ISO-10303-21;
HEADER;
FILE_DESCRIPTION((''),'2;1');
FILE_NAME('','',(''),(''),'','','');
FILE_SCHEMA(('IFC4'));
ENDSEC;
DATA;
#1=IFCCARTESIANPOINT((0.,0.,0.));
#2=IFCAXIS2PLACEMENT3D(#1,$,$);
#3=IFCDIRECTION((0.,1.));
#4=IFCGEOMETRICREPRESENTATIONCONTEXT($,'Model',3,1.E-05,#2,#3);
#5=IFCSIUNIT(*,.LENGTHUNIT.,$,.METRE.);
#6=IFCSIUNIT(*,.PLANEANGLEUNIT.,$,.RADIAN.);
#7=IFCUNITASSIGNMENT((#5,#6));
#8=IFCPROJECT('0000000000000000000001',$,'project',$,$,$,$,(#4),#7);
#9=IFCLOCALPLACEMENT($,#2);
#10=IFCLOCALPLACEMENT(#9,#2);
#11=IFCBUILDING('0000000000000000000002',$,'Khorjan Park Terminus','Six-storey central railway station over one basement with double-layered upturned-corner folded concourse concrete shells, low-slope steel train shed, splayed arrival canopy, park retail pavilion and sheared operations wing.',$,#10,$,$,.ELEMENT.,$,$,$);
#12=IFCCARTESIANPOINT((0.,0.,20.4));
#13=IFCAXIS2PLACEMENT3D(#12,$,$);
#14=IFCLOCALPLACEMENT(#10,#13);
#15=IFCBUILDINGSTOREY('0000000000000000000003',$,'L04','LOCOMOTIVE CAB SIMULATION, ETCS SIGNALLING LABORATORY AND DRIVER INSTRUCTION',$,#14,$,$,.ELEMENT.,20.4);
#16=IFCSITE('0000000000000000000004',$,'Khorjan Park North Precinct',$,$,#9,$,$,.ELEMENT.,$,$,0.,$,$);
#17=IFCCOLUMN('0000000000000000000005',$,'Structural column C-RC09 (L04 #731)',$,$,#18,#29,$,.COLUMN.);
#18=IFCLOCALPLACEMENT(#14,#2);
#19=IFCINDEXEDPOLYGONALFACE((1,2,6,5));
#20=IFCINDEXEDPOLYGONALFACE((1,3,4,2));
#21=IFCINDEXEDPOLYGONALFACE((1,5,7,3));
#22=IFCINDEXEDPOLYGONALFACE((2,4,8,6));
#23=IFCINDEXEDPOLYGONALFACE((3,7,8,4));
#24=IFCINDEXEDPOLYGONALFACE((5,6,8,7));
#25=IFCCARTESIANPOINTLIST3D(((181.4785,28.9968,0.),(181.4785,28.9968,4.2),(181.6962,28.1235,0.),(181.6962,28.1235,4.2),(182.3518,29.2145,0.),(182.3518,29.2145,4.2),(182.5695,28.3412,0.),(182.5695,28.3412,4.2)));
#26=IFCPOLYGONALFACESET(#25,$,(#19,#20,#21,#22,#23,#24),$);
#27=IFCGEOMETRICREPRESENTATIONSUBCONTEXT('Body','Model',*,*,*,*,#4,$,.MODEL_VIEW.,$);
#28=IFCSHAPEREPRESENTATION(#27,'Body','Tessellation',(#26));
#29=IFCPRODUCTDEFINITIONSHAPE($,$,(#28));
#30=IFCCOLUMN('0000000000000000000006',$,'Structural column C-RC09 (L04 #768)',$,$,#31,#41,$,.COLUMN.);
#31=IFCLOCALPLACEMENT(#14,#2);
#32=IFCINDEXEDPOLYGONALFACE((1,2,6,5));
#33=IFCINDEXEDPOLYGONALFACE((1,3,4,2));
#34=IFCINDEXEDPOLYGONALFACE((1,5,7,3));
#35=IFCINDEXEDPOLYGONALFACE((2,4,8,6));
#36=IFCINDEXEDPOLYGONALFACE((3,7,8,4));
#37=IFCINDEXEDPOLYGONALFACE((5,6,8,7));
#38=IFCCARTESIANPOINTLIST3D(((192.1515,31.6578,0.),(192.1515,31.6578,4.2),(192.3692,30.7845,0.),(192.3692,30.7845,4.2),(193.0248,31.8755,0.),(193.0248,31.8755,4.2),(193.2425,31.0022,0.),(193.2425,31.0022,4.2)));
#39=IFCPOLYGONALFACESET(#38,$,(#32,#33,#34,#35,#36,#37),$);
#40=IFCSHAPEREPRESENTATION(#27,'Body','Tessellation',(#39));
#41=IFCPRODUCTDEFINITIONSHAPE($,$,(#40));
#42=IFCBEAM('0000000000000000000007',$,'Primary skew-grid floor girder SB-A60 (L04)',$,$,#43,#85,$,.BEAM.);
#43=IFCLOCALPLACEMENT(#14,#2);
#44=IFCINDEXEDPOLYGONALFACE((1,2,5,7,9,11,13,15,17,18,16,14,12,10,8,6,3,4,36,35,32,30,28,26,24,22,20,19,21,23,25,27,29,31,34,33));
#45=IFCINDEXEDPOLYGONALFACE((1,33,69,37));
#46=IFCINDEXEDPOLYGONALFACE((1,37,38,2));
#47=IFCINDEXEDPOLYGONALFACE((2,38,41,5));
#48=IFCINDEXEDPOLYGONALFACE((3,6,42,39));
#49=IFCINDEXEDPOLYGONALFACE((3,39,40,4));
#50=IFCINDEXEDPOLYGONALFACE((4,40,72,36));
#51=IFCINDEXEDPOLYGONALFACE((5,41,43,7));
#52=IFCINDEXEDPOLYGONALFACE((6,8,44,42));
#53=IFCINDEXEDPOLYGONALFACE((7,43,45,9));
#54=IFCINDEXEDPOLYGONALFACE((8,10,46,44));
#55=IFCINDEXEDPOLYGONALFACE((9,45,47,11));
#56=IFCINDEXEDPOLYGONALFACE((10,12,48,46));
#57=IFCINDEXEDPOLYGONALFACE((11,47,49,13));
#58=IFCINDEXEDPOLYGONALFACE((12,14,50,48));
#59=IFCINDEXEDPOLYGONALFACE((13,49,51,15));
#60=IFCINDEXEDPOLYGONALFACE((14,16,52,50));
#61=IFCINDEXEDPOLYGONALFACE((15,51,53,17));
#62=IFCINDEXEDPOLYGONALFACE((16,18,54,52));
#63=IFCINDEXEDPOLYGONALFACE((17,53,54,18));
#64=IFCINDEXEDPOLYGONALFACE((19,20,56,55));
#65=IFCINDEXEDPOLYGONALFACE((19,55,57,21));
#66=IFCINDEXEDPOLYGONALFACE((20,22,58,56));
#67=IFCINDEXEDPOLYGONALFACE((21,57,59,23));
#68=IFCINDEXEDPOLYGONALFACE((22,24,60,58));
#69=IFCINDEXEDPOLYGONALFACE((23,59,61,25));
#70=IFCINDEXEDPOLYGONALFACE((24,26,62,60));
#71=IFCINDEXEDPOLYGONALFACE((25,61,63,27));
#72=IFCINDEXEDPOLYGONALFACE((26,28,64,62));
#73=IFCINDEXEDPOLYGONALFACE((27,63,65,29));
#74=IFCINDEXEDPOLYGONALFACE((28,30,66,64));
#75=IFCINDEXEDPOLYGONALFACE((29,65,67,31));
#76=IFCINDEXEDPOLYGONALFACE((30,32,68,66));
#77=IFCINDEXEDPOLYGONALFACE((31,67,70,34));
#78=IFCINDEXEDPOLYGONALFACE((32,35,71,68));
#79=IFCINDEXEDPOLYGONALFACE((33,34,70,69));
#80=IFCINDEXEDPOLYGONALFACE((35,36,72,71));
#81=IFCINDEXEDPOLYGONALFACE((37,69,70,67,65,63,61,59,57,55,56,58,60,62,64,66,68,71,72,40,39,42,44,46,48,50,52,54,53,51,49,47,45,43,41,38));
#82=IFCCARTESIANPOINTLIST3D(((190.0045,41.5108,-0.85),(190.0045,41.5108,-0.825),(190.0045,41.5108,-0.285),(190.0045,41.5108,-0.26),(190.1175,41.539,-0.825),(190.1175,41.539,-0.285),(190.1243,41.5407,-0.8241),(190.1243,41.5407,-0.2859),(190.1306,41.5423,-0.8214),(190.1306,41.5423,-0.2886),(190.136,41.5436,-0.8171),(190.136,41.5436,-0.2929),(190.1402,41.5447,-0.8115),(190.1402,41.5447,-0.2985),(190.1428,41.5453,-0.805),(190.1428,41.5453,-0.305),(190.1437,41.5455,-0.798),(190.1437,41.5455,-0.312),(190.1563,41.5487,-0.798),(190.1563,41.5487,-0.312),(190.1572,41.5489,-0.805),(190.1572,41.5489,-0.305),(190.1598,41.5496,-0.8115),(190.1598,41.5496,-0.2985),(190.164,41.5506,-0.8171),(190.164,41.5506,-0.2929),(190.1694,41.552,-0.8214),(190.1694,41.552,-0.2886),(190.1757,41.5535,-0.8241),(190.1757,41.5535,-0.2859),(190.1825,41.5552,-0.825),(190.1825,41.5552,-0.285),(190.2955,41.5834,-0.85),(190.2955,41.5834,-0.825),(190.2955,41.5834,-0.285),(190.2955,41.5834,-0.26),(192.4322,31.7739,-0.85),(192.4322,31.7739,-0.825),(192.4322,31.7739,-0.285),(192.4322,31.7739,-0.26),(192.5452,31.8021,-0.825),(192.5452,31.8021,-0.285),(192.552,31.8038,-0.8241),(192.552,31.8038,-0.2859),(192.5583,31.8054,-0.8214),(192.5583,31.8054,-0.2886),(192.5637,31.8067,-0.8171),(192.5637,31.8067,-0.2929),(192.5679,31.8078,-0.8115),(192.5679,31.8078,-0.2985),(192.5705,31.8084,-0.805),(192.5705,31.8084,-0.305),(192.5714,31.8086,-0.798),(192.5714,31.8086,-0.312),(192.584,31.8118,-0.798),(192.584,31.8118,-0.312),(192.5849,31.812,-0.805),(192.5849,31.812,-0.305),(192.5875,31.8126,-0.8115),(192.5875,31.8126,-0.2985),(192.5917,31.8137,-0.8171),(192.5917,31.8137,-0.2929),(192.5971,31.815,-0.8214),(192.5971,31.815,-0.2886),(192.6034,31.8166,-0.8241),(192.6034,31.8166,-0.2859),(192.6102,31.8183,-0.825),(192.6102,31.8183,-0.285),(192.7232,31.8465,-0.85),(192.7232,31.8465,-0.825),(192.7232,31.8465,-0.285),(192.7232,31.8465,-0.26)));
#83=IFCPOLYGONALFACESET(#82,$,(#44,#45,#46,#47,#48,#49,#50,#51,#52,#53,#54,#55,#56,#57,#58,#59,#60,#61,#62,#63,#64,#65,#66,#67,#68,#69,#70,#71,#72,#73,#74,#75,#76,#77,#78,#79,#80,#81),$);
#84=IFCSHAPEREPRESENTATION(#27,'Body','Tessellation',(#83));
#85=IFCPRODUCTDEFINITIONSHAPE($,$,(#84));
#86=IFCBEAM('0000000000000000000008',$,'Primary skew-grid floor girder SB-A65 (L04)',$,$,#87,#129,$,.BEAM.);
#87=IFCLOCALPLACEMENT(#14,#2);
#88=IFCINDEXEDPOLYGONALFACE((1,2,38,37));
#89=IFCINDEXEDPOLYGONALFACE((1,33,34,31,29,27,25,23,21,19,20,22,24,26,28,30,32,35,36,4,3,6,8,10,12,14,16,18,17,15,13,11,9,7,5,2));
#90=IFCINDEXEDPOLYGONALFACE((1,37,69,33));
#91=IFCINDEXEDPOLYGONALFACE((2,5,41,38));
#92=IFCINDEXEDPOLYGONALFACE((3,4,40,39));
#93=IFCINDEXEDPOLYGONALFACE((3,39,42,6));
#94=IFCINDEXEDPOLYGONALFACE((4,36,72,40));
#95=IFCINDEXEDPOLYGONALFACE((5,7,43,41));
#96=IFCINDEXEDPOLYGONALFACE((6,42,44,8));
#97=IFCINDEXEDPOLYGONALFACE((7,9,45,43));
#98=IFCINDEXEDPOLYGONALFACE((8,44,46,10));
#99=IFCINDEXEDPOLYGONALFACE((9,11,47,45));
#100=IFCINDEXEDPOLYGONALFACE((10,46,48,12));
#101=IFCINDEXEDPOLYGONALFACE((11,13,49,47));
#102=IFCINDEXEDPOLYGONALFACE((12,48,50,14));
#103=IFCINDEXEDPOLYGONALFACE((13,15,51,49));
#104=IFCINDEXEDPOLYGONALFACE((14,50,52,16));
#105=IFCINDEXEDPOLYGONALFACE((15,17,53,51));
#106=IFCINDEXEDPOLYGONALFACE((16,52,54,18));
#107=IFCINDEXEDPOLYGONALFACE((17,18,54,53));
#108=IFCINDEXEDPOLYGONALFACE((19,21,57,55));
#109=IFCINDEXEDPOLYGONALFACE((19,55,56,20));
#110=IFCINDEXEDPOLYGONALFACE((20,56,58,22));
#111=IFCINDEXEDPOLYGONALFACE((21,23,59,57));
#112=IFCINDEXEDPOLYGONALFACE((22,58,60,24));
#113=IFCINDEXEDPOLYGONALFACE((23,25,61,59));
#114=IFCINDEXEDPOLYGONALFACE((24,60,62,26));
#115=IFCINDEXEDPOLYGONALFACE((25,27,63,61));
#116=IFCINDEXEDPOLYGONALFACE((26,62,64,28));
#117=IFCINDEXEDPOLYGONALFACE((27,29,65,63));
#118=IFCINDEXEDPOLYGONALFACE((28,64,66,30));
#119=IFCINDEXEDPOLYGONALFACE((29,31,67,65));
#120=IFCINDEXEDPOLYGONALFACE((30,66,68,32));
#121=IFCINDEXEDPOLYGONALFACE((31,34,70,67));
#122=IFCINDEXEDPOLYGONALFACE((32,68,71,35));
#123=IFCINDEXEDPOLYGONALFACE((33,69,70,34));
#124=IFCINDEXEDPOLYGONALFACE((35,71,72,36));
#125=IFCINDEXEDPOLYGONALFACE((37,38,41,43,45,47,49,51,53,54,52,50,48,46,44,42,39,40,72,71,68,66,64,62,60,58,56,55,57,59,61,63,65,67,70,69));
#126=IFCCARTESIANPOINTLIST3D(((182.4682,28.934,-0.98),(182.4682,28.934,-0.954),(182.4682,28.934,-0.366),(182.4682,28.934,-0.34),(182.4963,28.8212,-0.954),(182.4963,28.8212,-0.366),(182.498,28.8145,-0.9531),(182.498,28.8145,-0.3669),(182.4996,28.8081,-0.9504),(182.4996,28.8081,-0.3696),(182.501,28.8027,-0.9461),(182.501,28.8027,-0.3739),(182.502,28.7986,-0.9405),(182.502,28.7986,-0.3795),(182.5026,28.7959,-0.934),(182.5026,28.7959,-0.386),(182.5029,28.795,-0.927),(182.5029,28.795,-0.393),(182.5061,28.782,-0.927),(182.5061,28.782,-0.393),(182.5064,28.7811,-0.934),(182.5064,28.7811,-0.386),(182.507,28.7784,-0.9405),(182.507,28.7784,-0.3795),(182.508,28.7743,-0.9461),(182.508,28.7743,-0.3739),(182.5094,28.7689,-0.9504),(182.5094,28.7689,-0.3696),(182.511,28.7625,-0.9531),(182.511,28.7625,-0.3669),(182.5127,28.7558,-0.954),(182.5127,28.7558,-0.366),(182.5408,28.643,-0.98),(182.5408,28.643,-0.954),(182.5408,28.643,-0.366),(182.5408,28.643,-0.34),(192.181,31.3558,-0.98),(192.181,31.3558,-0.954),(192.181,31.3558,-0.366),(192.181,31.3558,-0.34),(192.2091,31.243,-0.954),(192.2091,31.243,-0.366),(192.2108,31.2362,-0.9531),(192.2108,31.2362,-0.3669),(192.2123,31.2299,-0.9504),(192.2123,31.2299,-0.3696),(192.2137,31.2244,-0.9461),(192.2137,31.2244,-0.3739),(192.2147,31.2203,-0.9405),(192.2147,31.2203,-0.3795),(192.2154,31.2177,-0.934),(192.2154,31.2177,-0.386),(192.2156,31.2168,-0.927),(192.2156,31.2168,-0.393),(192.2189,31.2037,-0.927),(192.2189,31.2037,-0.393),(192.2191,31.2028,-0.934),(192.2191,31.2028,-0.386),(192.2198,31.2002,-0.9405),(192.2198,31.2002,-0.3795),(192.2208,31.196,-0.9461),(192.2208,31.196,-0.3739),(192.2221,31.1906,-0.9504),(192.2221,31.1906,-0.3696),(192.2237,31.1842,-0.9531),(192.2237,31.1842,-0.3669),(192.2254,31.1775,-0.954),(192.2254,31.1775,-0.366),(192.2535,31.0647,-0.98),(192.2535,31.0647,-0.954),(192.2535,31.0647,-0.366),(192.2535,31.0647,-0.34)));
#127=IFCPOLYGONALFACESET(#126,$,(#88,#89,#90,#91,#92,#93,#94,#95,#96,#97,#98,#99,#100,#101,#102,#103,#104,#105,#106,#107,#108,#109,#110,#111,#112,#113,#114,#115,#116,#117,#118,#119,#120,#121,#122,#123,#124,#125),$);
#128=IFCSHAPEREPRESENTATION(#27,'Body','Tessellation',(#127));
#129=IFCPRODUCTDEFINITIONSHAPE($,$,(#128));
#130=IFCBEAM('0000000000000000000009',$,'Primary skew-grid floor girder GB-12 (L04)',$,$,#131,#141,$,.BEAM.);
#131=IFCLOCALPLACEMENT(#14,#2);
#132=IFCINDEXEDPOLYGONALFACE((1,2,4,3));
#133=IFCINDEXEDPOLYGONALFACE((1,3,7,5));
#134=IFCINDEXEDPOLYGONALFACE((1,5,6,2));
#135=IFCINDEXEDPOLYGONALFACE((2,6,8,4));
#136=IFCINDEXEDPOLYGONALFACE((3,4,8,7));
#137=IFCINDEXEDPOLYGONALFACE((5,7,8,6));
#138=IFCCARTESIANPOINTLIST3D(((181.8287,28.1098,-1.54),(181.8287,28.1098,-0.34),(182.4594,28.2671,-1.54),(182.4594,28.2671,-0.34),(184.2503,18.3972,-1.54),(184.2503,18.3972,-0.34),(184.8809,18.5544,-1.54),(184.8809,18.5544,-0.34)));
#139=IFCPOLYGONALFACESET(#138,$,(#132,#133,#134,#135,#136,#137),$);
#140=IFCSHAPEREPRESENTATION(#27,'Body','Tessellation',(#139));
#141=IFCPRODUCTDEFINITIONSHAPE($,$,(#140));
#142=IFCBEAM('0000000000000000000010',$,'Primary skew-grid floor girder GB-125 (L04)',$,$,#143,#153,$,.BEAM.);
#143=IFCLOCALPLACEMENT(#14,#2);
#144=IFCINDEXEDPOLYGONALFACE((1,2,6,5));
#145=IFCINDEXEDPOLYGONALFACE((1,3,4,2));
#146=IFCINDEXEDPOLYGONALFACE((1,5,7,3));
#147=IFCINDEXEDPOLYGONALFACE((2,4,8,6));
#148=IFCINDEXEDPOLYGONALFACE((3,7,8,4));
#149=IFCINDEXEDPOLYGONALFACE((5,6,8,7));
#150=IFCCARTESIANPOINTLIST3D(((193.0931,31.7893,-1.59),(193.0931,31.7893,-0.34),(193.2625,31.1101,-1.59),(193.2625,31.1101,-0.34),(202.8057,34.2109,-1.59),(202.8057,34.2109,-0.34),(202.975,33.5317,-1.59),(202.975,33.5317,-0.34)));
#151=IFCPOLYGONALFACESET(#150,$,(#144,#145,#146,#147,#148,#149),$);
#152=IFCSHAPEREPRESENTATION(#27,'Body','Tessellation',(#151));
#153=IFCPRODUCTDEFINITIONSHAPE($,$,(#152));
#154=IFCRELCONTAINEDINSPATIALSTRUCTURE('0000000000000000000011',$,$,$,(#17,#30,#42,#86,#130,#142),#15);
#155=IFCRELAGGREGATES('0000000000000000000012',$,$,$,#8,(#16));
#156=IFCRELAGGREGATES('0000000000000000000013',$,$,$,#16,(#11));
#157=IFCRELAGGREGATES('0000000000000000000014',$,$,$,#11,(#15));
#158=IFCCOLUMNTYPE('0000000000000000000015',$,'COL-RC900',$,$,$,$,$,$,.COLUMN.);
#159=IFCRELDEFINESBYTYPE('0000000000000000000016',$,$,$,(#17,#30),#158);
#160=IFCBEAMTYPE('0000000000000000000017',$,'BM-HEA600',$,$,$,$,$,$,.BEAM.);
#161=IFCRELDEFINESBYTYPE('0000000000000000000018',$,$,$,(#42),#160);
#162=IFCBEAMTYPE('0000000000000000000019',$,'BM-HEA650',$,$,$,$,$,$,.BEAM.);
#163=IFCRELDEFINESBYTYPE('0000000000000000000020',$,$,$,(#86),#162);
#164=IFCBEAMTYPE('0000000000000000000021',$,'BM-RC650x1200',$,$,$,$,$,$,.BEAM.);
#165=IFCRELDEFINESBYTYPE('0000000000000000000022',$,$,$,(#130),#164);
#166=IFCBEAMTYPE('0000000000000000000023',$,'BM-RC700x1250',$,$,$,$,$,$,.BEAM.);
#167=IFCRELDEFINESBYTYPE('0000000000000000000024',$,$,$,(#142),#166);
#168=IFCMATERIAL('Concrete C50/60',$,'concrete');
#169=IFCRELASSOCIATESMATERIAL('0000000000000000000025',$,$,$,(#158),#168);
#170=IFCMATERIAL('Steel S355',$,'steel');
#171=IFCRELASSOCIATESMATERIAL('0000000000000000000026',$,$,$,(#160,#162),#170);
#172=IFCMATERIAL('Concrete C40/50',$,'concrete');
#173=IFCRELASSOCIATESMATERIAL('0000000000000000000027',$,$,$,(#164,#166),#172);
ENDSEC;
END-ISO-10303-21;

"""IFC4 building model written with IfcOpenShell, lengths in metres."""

from ifc_helpers import new_model, si_unit, direction, frame, origin, origin_2d, place, context, subcontext, project, spatial, rectangle, i_section, extrude, material, material_profile, profile_set, type_object, element, save


model = new_model("IFC4")

# Units and contexts
model_context = context("Model", 3, precision=1e-05, world=origin(), true_north=direction((0.0, 1.0)))
body_context = subcontext(model_context, "Body", "Model", "MODEL_VIEW")
ifc_project = project(units=[si_unit("LENGTHUNIT", "METRE"), si_unit("PLANEANGLEUNIT", "RADIAN")], contexts=[model_context])

# Site, building, storey
site_placement = place(None, origin())
site = spatial("IfcSite", under=ifc_project, at=site_placement, Name="Khorjan Park North Precinct", CompositionType="ELEMENT", RefElevation=0.0)
building_placement = place(site_placement, origin())
building = spatial("IfcBuilding", under=site, at=building_placement, Name="Khorjan Park Terminus", Description="Six-storey central railway station over one basement with double-layered upturned-corner folded concourse concrete shells, low-slope steel train shed, splayed arrival canopy, park retail pavilion and sheared operations wing.", CompositionType="ELEMENT")
storey_placement = place(building_placement, frame((0.0, 0.0, 20.4)))
storey = spatial("IfcBuildingStorey", under=building, at=storey_placement, Name="L04", Description="LOCOMOTIVE CAB SIMULATION, ETCS SIGNALLING LABORATORY AND DRIVER INSTRUCTION", CompositionType="ELEMENT", Elevation=20.4)

# Columns
ifc_material_1 = material(Name="Concrete C50/60", Category="concrete")
ifc_material_profile_1 = material_profile(ifc_material_1, rectangle(XDim=0.9, YDim=0.9, at=origin_2d()), Name="RC 900x900")
ifc_profile_set_1 = profile_set([ifc_material_profile_1], Name="Concrete C50/60")
column_type = type_object("IfcColumnType", Name="COL-RC900", PredefinedType="COLUMN", material=ifc_profile_set_1)
for number, where, z_axis, x_axis, name in (
    (1, (182.024, 28.669, 0.0), (0.0, 0.0, 1.0), (0.970296, 0.241922, 0.0), "Structural column C-RC09 (L04 #731)"),
    (2, (192.697, 31.33, 0.0), (0.0, 0.0, 1.0), (0.970296, 0.241922, 0.0), "Structural column C-RC09 (L04 #768)"),
):
    element("IfcColumn", number, at=place(storey_placement, frame(where, z_axis=z_axis, x_axis=x_axis)), inside=storey, type_object=column_type, Name=name, PredefinedType="COLUMN", context=body_context, shape_type="SweptSolid", body=[
        extrude(rectangle(XDim=0.9, YDim=0.9, at=origin_2d()), origin(), (0.0, 0.0, 1.0), 4.2),
    ])

# Beams
ifc_material_2 = material(Name="Steel S355", Category="steel")
ifc_material_profile_2 = material_profile(ifc_material_2, i_section(OverallWidth=0.3, OverallDepth=0.59, WebThickness=0.013, FlangeThickness=0.025, FilletRadius=0.027, at=origin_2d()), Name="HEA 600")
ifc_profile_set_2 = profile_set([ifc_material_profile_2], Name="Steel S355")
beam_type_1 = type_object("IfcBeamType", Name="BM-HEA600", PredefinedType="BEAM", material=ifc_profile_set_2)
beam_1_placement = place(storey_placement, frame((192.5777, 31.8102, -0.555), z_axis=(-0.241924, 0.970295, 0.0), x_axis=(-0.970295, -0.241924, 0.0)))
element("IfcBeam", 3, at=beam_1_placement, inside=storey, type_object=beam_type_1, Name="Primary skew-grid floor girder SB-A60 (L04)", PredefinedType="BEAM", context=body_context, shape_type="SweptSolid", body=[
    extrude(i_section(OverallWidth=0.3, OverallDepth=0.59, WebThickness=0.013, FlangeThickness=0.025, FilletRadius=0.027, at=origin_2d()), origin(), (0.0, 0.0, 1.0), 10.035),
])
ifc_material_profile_3 = material_profile(ifc_material_2, i_section(OverallWidth=0.3, OverallDepth=0.64, WebThickness=0.0135, FlangeThickness=0.026, FilletRadius=0.027, at=origin_2d()), Name="HEA 650")
ifc_profile_set_3 = profile_set([ifc_material_profile_3], Name="Steel S355")
beam_type_2 = type_object("IfcBeamType", Name="BM-HEA650", PredefinedType="BEAM", material=ifc_profile_set_3)
beam_2_placement = place(storey_placement, frame((182.5045, 28.7885, -0.66), z_axis=(0.970295, 0.241927, 0.0), x_axis=(-0.241927, 0.970295, 0.0)))
element("IfcBeam", 4, at=beam_2_placement, inside=storey, type_object=beam_type_2, Name="Primary skew-grid floor girder SB-A65 (L04)", PredefinedType="BEAM", context=body_context, shape_type="SweptSolid", body=[
    extrude(i_section(OverallWidth=0.3, OverallDepth=0.64, WebThickness=0.0135, FlangeThickness=0.026, FilletRadius=0.027, at=origin_2d()), origin(), (0.0, 0.0, 1.0), 10.0101),
])
ifc_material_3 = material(Name="Concrete C40/50", Category="concrete")
ifc_material_profile_4 = material_profile(ifc_material_3, rectangle(XDim=0.65, YDim=1.2, at=origin_2d()), Name="RC 650x1200")
ifc_profile_set_4 = profile_set([ifc_material_profile_4], Name="Concrete C40/50")
beam_type_3 = type_object("IfcBeamType", Name="BM-RC650x1200", PredefinedType="BEAM", material=ifc_profile_set_4)
beam_3_placement = place(storey_placement, frame((184.5656, 18.4758, -0.94), z_axis=(-0.241917, 0.970297, 0.0), x_axis=(-0.970297, -0.241917, 0.0)))
element("IfcBeam", 5, at=beam_3_placement, inside=storey, type_object=beam_type_3, Name="Primary skew-grid floor girder GB-12 (L04)", PredefinedType="BEAM", context=body_context, shape_type="SweptSolid", body=[
    extrude(rectangle(XDim=0.65, YDim=1.2, at=origin_2d()), origin(), (0.0, 0.0, 1.0), 10.01),
])
ifc_material_profile_5 = material_profile(ifc_material_3, rectangle(XDim=0.7, YDim=1.25, at=origin_2d()), Name="RC 700x1250")
ifc_profile_set_5 = profile_set([ifc_material_profile_5], Name="Concrete C40/50")
beam_type_4 = type_object("IfcBeamType", Name="BM-RC700x1250", PredefinedType="BEAM", material=ifc_profile_set_5)
beam_4_placement = place(storey_placement, frame((193.1778, 31.4497, -0.965), z_axis=(0.970296, 0.24192, 0.0), x_axis=(-0.24192, 0.970296, 0.0)))
element("IfcBeam", 6, at=beam_4_placement, inside=storey, type_object=beam_type_4, Name="Primary skew-grid floor girder GB-125 (L04)", PredefinedType="BEAM", context=body_context, shape_type="SweptSolid", body=[
    extrude(rectangle(XDim=0.7, YDim=1.25, at=origin_2d()), origin(), (0.0, 0.0, 1.0), 10.0099),
])

save(model, "model.ifc")
